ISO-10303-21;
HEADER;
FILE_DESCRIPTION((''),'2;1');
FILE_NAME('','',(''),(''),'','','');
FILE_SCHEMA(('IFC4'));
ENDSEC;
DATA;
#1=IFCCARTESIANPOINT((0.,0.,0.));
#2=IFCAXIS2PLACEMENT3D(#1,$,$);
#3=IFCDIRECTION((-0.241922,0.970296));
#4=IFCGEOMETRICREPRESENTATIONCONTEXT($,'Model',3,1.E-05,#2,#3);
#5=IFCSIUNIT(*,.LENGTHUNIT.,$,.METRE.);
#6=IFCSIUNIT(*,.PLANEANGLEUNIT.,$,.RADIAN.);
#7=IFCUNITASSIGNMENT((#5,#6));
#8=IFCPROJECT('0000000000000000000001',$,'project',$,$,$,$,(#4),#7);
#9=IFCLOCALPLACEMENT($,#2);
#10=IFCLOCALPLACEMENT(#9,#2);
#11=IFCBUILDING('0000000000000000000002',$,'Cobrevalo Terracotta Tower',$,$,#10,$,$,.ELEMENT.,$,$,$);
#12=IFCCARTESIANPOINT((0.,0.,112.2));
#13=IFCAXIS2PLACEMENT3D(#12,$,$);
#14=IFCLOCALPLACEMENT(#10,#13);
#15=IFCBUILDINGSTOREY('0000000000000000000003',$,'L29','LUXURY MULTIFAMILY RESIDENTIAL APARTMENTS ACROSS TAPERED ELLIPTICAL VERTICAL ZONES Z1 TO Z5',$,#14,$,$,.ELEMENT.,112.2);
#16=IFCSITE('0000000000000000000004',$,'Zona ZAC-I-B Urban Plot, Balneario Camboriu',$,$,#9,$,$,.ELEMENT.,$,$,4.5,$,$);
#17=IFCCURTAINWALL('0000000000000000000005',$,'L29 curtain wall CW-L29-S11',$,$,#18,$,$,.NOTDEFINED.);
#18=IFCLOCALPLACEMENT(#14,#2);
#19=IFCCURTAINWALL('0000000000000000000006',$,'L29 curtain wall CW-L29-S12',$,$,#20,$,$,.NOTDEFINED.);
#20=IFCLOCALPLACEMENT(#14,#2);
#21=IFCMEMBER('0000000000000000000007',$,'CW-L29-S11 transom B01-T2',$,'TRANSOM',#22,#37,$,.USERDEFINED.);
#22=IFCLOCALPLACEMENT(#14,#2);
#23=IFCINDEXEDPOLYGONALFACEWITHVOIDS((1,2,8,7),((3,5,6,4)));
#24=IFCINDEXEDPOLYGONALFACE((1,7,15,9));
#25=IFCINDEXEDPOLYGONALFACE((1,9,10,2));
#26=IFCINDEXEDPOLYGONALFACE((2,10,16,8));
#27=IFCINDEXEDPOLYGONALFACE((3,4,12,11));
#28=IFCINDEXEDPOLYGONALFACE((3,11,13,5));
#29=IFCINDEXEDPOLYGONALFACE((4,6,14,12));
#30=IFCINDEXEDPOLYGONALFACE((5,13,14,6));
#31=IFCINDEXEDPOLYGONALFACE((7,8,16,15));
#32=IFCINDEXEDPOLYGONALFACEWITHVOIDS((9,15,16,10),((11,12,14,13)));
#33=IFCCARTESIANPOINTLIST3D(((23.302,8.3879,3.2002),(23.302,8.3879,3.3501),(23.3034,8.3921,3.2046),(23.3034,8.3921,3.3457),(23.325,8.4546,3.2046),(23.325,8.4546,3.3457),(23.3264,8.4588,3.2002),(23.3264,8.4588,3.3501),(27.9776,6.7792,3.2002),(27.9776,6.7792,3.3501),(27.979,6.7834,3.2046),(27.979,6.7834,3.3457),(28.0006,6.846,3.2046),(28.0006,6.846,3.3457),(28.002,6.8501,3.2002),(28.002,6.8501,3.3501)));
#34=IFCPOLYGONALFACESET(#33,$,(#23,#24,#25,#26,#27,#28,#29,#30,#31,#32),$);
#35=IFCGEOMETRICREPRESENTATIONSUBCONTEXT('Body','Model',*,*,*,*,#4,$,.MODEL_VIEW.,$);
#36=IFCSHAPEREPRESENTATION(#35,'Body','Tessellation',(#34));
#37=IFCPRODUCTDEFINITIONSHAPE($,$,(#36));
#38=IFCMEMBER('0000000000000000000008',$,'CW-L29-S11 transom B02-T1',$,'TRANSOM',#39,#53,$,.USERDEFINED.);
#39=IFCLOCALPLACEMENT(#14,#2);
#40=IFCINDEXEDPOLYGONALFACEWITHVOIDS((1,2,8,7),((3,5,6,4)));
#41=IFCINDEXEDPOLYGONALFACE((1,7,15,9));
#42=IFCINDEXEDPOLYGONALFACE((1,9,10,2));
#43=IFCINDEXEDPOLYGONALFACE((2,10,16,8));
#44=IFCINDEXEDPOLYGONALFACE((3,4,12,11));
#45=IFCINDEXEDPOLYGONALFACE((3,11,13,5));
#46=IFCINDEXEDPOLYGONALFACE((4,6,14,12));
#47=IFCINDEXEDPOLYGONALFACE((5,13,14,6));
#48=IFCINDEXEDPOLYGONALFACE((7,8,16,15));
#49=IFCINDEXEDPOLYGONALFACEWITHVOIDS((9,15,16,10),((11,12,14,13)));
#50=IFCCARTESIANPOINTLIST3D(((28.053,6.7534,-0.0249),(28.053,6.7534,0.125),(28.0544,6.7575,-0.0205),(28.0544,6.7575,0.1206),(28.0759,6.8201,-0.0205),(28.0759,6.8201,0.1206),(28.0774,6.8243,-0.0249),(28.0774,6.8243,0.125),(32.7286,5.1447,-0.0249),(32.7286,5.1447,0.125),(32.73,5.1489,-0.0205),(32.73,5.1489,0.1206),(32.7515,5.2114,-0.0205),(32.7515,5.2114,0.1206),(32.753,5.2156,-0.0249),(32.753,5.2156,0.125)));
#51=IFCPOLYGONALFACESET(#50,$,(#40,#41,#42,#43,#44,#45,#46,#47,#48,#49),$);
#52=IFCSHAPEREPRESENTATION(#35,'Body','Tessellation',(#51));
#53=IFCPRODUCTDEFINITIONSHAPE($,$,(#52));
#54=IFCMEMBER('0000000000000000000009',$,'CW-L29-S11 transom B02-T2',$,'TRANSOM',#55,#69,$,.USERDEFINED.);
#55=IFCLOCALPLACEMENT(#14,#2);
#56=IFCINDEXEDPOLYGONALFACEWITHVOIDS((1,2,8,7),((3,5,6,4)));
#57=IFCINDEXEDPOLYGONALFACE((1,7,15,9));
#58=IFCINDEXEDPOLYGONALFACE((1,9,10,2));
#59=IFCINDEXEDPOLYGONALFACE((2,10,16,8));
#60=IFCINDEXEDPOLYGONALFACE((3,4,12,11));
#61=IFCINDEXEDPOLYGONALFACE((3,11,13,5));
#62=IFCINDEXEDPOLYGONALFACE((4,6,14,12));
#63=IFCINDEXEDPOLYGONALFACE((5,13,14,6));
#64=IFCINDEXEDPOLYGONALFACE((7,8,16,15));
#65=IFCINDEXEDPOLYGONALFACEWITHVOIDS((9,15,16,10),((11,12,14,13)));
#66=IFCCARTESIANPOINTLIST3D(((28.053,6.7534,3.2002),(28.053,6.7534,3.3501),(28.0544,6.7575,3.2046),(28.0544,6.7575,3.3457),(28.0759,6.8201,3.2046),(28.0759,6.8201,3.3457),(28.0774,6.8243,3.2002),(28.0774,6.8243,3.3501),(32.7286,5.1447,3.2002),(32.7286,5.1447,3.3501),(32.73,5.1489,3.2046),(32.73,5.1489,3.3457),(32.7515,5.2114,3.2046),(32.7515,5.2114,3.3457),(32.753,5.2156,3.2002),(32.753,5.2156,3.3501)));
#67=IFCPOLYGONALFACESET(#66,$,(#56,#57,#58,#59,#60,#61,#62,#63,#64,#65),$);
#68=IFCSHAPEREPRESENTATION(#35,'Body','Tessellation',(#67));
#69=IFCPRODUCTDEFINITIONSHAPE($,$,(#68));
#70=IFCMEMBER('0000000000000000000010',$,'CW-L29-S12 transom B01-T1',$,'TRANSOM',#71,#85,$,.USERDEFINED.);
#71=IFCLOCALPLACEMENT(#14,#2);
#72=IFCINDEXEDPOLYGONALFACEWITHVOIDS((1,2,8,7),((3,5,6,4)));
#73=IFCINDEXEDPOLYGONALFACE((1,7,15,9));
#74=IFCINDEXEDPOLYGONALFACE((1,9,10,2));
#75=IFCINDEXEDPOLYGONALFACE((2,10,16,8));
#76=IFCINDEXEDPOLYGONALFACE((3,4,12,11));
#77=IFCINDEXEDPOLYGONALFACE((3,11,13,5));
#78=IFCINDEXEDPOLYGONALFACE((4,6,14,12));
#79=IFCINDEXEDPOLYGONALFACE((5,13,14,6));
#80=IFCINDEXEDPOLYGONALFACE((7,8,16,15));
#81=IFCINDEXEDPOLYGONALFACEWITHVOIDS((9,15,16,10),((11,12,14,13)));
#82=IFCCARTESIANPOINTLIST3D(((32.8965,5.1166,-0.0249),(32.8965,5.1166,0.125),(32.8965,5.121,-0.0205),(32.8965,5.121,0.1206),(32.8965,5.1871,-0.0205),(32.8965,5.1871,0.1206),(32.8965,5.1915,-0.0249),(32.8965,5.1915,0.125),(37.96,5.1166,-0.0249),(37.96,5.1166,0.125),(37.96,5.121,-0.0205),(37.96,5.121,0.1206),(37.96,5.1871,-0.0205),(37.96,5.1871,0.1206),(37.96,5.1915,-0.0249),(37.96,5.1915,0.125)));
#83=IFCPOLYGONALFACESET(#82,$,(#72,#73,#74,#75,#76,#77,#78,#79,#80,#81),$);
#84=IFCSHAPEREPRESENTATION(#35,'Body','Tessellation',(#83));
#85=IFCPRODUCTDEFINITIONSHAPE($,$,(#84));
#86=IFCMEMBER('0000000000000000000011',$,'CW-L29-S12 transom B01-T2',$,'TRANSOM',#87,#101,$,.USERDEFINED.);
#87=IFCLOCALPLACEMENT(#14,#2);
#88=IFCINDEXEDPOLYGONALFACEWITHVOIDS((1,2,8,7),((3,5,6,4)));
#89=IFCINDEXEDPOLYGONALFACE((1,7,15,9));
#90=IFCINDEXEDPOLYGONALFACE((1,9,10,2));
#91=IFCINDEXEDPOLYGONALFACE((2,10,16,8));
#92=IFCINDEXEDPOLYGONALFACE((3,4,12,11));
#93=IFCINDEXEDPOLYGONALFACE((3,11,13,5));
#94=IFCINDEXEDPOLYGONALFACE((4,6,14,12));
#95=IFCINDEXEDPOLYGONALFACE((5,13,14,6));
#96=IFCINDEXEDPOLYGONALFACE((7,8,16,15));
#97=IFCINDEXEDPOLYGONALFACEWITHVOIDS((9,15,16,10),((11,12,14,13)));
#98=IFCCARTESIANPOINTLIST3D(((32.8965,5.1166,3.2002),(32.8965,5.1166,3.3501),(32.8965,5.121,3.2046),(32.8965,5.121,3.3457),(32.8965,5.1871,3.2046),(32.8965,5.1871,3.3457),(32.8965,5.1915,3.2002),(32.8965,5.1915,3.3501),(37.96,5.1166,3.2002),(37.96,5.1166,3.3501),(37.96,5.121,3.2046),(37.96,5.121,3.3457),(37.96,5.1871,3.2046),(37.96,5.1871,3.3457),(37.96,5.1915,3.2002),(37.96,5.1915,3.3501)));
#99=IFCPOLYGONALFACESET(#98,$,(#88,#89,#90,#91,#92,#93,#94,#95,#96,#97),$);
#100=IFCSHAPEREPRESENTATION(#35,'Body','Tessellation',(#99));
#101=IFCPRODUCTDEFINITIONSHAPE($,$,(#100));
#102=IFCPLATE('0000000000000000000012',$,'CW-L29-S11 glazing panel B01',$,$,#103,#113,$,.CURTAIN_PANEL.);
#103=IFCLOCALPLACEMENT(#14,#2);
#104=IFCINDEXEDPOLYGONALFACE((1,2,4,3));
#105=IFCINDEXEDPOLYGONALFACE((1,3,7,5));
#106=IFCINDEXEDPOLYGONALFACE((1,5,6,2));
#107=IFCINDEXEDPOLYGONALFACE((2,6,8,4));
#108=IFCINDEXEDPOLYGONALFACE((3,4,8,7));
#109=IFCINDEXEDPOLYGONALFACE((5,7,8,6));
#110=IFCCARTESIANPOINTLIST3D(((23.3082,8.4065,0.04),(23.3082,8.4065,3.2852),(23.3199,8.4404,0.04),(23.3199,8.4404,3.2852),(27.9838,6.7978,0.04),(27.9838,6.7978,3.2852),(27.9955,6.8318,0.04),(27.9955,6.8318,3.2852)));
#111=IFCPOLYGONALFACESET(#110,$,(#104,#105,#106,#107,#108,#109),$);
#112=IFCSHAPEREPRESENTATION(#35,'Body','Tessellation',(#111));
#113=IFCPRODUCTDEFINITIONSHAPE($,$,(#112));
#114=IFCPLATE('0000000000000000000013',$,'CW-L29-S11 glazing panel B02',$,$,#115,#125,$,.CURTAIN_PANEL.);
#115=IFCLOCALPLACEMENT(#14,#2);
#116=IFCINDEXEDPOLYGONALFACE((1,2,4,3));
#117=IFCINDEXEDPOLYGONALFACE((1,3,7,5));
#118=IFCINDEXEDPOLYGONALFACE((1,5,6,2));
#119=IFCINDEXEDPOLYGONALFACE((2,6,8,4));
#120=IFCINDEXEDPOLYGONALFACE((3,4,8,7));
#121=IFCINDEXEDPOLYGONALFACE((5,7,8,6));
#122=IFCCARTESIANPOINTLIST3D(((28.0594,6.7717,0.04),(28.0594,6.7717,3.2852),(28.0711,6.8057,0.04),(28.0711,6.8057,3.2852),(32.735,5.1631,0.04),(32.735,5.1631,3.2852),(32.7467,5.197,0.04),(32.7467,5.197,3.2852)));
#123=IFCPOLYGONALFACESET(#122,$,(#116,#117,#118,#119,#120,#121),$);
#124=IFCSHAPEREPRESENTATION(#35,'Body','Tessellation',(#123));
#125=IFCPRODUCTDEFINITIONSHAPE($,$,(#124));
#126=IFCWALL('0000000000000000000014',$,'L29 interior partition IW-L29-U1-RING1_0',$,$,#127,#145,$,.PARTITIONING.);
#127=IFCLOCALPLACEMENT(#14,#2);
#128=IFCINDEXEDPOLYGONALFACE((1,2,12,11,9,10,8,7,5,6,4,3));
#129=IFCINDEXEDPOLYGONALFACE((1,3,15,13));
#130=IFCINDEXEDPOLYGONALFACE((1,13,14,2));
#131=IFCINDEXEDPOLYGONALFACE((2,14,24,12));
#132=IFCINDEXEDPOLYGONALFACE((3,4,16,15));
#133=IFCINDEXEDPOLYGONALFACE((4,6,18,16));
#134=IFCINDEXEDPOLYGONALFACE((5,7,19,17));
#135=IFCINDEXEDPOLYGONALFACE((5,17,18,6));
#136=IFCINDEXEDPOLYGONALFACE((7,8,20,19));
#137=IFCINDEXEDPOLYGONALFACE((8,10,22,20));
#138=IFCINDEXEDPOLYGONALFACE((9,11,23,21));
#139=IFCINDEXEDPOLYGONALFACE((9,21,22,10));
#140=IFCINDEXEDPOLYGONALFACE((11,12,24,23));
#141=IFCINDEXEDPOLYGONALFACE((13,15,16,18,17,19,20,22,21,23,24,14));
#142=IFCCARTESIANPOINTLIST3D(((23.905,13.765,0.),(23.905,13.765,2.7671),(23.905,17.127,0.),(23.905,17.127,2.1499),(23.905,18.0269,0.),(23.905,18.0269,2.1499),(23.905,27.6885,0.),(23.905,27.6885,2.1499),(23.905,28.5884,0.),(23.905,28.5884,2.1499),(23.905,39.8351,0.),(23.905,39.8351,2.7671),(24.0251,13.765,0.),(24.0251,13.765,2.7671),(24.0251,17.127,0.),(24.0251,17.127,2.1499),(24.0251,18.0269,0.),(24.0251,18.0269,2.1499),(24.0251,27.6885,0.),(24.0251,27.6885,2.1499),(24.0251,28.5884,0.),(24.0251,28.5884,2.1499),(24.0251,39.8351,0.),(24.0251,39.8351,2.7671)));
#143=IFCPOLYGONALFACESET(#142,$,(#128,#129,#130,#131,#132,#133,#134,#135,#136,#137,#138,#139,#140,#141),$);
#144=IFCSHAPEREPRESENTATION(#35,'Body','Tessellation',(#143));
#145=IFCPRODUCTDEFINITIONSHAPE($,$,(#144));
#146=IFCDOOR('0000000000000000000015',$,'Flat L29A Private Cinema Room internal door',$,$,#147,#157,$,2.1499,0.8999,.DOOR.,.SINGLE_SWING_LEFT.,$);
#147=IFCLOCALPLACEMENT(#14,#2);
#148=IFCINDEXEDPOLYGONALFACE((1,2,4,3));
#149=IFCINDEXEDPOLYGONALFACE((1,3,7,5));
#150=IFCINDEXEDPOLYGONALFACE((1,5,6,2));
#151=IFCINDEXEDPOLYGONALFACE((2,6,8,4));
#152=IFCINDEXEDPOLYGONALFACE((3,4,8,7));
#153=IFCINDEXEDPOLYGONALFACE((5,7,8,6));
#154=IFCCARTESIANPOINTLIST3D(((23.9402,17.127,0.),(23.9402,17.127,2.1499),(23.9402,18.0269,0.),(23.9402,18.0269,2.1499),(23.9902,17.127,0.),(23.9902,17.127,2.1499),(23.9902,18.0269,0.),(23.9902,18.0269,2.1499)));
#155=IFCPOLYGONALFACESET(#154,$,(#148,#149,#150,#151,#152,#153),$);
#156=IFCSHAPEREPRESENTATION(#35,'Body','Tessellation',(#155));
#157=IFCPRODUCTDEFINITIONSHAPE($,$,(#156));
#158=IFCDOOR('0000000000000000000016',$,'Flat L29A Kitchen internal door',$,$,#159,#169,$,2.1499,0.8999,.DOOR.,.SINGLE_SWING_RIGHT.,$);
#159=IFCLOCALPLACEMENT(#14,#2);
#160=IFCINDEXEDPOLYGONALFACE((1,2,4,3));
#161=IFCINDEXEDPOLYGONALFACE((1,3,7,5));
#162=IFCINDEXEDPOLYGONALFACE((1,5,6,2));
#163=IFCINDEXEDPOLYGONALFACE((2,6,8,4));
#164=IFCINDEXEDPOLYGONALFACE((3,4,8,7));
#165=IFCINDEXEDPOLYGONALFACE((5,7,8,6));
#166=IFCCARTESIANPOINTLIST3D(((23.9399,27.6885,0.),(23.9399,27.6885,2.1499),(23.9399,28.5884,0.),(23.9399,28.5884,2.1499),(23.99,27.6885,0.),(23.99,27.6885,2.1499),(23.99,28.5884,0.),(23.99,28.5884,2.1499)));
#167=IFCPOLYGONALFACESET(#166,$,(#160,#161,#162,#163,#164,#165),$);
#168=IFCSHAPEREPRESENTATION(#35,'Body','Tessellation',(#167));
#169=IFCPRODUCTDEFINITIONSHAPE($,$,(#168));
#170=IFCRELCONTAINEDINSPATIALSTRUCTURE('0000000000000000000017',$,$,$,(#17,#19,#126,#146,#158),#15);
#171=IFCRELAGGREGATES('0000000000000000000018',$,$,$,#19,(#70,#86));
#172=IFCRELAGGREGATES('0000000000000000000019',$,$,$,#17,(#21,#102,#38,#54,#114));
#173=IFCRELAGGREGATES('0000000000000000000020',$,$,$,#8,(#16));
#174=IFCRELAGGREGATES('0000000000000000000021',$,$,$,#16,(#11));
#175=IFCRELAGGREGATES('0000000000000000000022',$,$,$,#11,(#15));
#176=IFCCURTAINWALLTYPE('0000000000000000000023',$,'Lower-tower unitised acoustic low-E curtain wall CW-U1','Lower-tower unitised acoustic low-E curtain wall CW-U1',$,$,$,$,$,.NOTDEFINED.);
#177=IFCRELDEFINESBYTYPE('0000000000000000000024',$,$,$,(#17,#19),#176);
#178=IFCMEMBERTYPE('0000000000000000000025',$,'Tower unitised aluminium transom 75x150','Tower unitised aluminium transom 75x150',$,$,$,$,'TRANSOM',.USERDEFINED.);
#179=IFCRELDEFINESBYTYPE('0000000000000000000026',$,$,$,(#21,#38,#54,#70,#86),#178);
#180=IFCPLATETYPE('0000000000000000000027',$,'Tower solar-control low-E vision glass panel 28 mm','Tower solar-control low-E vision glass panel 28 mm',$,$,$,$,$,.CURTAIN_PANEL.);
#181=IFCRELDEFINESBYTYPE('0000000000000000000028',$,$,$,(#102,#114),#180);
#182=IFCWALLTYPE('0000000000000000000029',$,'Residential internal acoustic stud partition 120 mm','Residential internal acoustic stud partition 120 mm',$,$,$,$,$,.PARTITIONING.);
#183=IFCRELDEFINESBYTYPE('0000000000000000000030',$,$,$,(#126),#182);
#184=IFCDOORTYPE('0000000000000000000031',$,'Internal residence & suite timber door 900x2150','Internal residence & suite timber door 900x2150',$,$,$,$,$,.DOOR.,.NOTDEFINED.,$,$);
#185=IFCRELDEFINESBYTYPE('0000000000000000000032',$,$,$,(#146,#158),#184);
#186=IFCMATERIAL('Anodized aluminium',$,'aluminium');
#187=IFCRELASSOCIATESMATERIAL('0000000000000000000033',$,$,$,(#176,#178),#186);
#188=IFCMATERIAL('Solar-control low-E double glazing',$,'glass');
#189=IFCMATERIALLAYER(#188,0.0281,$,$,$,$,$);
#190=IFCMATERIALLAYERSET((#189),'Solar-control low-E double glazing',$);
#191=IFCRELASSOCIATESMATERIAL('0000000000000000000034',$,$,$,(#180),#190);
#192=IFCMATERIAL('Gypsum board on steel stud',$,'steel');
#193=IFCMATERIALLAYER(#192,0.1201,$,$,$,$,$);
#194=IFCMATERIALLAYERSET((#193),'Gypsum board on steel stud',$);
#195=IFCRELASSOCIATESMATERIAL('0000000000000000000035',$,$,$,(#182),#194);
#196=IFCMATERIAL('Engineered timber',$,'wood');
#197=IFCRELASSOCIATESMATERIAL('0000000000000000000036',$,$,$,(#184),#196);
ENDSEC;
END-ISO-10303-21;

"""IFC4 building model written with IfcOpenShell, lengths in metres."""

from ifc_helpers import new_model, si_unit, direction, frame, frame_2d, origin, origin_2d, place, context, subcontext, project, spatial, rectangle, hollow_rectangle, extrude, source, transform, mapped, material, layer, layer_set, material_profile, profile_set, type_object, element, fill, aggregate, save


model = new_model("IFC4")

# Units and contexts
model_context = context("Model", 3, precision=1e-05, world=origin(), true_north=direction((-0.241922, 0.970296)))
body_context = subcontext(model_context, "Body", "Model", "MODEL_VIEW")
ifc_project = project(units=[si_unit("LENGTHUNIT", "METRE"), si_unit("PLANEANGLEUNIT", "RADIAN")], contexts=[model_context])

# Site, building, storey
site_placement = place(None, origin())
site = spatial("IfcSite", under=ifc_project, at=site_placement, Name="Zona ZAC-I-B Urban Plot, Balneario Camboriu", CompositionType="ELEMENT", RefElevation=4.5)
building_placement = place(site_placement, origin())
building = spatial("IfcBuilding", under=site, at=building_placement, Name="Cobrevalo Terracotta Tower", CompositionType="ELEMENT")
storey_placement = place(building_placement, frame((0.0, 0.0, 112.2)))
storey = spatial("IfcBuildingStorey", under=building, at=storey_placement, Name="L29", Description="LUXURY MULTIFAMILY RESIDENTIAL APARTMENTS ACROSS TAPERED ELLIPTICAL VERTICAL ZONES Z1 TO Z5", CompositionType="ELEMENT", Elevation=112.2)

# Curtain wall
ifc_material_1 = material(Name="Anodized aluminium", Category="aluminium")
curtain_wall_type = type_object("IfcCurtainWallType", Name="Lower-tower unitised acoustic low-E curtain wall CW-U1", Description="Lower-tower unitised acoustic low-E curtain wall CW-U1", PredefinedType="NOTDEFINED", material=ifc_material_1)
curtain_wall_1_placement = place(storey_placement, origin())
curtain_wall_1 = element("IfcCurtainWall", 1, at=curtain_wall_1_placement, inside=storey, type_object=curtain_wall_type, Name="L29 curtain wall CW-L29-S11", PredefinedType="NOTDEFINED")

# Curtain wall
curtain_wall_2_placement = place(storey_placement, origin())
curtain_wall_2 = element("IfcCurtainWall", 2, at=curtain_wall_2_placement, inside=storey, type_object=curtain_wall_type, Name="L29 curtain wall CW-L29-S12", PredefinedType="NOTDEFINED")

# Members
ifc_material_profile_1 = material_profile(ifc_material_1, hollow_rectangle(XDim=0.075, YDim=0.1499, WallThickness=0.0044, at=origin_2d()), Name="CWT 75x150")
ifc_profile_set_1 = profile_set([ifc_material_profile_1], Name="Anodized aluminium")
member_type_1 = type_object("IfcMemberType", Name="Tower unitised aluminium transom 75x150", Description="Tower unitised aluminium transom 75x150", ElementType="TRANSOM", PredefinedType="USERDEFINED", material=ifc_profile_set_1)
shared_shape_1 = source(origin(), body_context, "Body", "SweptSolid", [
    extrude(hollow_rectangle(XDim=0.075, YDim=0.1499, WallThickness=0.0044, at=origin_2d()), origin(), (0.0, 0.0, 1.0), 4.9446),
])
member_1_placement = place(storey_placement, frame((23.3142, 8.4233, 3.2751), z_axis=(0.945598, -0.325338, 0.0), x_axis=(0.325338, 0.945598, 0.0)))
member_1 = element("IfcMember", 3, at=member_1_placement, type_object=member_type_1, Name="CW-L29-S11 transom B01-T2", ObjectType="TRANSOM", PredefinedType="USERDEFINED", context=body_context, shape_type="MappedRepresentation", body=[
    mapped(shared_shape_1, transform((0.0, 0.0, 0.0), scale=1.0)),
])
member_2_placement = place(storey_placement, frame((28.0652, 6.7888, 0.05), z_axis=(0.945598, -0.325338, 0.0), x_axis=(0.325338, 0.945598, 0.0)))
member_2 = element("IfcMember", 4, at=member_2_placement, type_object=member_type_1, Name="CW-L29-S11 transom B02-T1", ObjectType="TRANSOM", PredefinedType="USERDEFINED", context=body_context, shape_type="MappedRepresentation", body=[
    mapped(shared_shape_1, transform((0.0, 0.0, 0.0), scale=1.0)),
])
member_3_placement = place(storey_placement, frame((28.0652, 6.7888, 3.2751), z_axis=(0.945598, -0.325338, 0.0), x_axis=(0.325338, 0.945598, 0.0)))
member_3 = element("IfcMember", 5, at=member_3_placement, type_object=member_type_1, Name="CW-L29-S11 transom B02-T2", ObjectType="TRANSOM", PredefinedType="USERDEFINED", context=body_context, shape_type="MappedRepresentation", body=[
    mapped(shared_shape_1, transform((0.0, 0.0, 0.0), scale=1.0)),
])
shared_shape_2 = source(origin(), body_context, "Body", "SweptSolid", [
    extrude(hollow_rectangle(XDim=0.075, YDim=0.1499, WallThickness=0.0044, at=origin_2d()), origin(), (0.0, 0.0, 1.0), 5.0635),
])
member_4_placement = place(storey_placement, frame((32.8965, 5.1541, 0.05), z_axis=(1.0, 0.0, 0.0), x_axis=(0.0, 1.0, 0.0)))
member_4 = element("IfcMember", 6, at=member_4_placement, type_object=member_type_1, Name="CW-L29-S12 transom B01-T1", ObjectType="TRANSOM", PredefinedType="USERDEFINED", context=body_context, shape_type="MappedRepresentation", body=[
    mapped(shared_shape_2, transform((0.0, 0.0, 0.0), scale=1.0)),
])
member_5_placement = place(storey_placement, frame((32.8965, 5.1541, 3.2751), z_axis=(1.0, 0.0, 0.0), x_axis=(0.0, 1.0, 0.0)))
member_5 = element("IfcMember", 7, at=member_5_placement, type_object=member_type_1, Name="CW-L29-S12 transom B01-T2", ObjectType="TRANSOM", PredefinedType="USERDEFINED", context=body_context, shape_type="MappedRepresentation", body=[
    mapped(shared_shape_2, transform((0.0, 0.0, 0.0), scale=1.0)),
])
aggregate(curtain_wall_2, [member_4, member_5])

# Plates
ifc_material_2 = material(Name="Solar-control low-E double glazing", Category="glass")
ifc_layer_1 = layer(ifc_material_2, 0.0281)
ifc_layer_set_1 = layer_set([ifc_layer_1], Name="Solar-control low-E double glazing")
plate_type = type_object("IfcPlateType", Name="Tower solar-control low-E vision glass panel 28 mm", Description="Tower solar-control low-E vision glass panel 28 mm", PredefinedType="CURTAIN_PANEL", material=ifc_layer_set_1)
shared_shape_3 = source(origin(), body_context, "Body", "SweptSolid", [
    extrude(rectangle(XDim=4.9446, YDim=0.0359, at=origin_2d()), origin(), (0.0, 0.0, 1.0), 3.2451),
])
plate_1_placement = place(storey_placement, frame((25.6519, 7.6191, 0.04), z_axis=(0.0, 0.0, 1.0), x_axis=(0.945596, -0.325342, 0.0)))
plate_1 = element("IfcPlate", 8, at=plate_1_placement, type_object=plate_type, Name="CW-L29-S11 glazing panel B01", PredefinedType="CURTAIN_PANEL", context=body_context, shape_type="MappedRepresentation", body=[
    mapped(shared_shape_3, transform((0.0, 0.0, 0.0), scale=1.0)),
])
plate_2_placement = place(storey_placement, frame((30.4031, 5.9844, 0.04), z_axis=(0.0, 0.0, 1.0), x_axis=(0.945596, -0.325342, 0.0)))
plate_2 = element("IfcPlate", 9, at=plate_2_placement, type_object=plate_type, Name="CW-L29-S11 glazing panel B02", PredefinedType="CURTAIN_PANEL", context=body_context, shape_type="MappedRepresentation", body=[
    mapped(shared_shape_3, transform((0.0, 0.0, 0.0), scale=1.0)),
])
aggregate(curtain_wall_1, [member_1, plate_1, member_2, member_3, plate_2])

# Wall, openings, doors
ifc_material_3 = material(Name="Gypsum board on steel stud", Category="steel")
ifc_layer_2 = layer(ifc_material_3, 0.1201)
ifc_layer_set_2 = layer_set([ifc_layer_2], Name="Gypsum board on steel stud")
wall_type = type_object("IfcWallType", Name="Residential internal acoustic stud partition 120 mm", Description="Residential internal acoustic stud partition 120 mm", PredefinedType="PARTITIONING", material=ifc_layer_set_2)
wall_placement = place(storey_placement, frame((23.9651, 13.7649, 0.0), z_axis=(0.0, 0.0, 1.0), x_axis=(0.0, 1.0, 0.0)))
wall = element("IfcWall", 10, at=wall_placement, inside=storey, type_object=wall_type, Name="L29 interior partition IW-L29-U1-RING1_0", PredefinedType="PARTITIONING", context=body_context, shape_type="SweptSolid", body=[
    extrude(rectangle(XDim=26.0701, YDim=0.1201, at=frame_2d((13.0352, 0.0))), origin(), (0.0, 0.0, 1.0), 2.7671),
])
opening_1_placement = place(wall_placement, frame((3.3621, 0.0, 0.0)))
opening_1 = element("IfcOpeningElement", 11, at=opening_1_placement, cuts=wall, PredefinedType="OPENING", context=body_context, shape_type="SweptSolid", body=[
    extrude(rectangle(XDim=0.8999, YDim=2.1499, at=frame_2d((0.45, 1.075))), frame((0.0, 0.0701, 0.0), z_axis=(0.0, -1.0, 0.0), x_axis=(1.0, 0.0, 0.0)), (0.0, 0.0, 1.0), 0.1401),
])
opening_2_placement = place(wall_placement, frame((13.9236, 0.0, 0.0)))
opening_2 = element("IfcOpeningElement", 12, at=opening_2_placement, cuts=wall, PredefinedType="OPENING", context=body_context, shape_type="SweptSolid", body=[
    extrude(rectangle(XDim=0.8999, YDim=2.1499, at=frame_2d((0.45, 1.075))), frame((0.0, 0.0701, 0.0), z_axis=(0.0, -1.0, 0.0), x_axis=(1.0, 0.0, 0.0)), (0.0, 0.0, 1.0), 0.1401),
])
ifc_material_4 = material(Name="Engineered timber", Category="wood")
door_type = type_object("IfcDoorType", Name="Internal residence & suite timber door 900x2150", Description="Internal residence & suite timber door 900x2150", OperationType="NOTDEFINED", PredefinedType="DOOR", material=ifc_material_4)
shared_shape_4 = source(origin(), body_context, "Body", "SweptSolid", [
    extrude(rectangle(XDim=0.8999, YDim=2.1499, at=frame_2d((0.45, 1.075))), frame((0.0, 0.0249, 0.0), z_axis=(0.0, -1.0, 0.0), x_axis=(1.0, 0.0, 0.0)), (0.0, 0.0, 1.0), 0.05),
])
door_1_placement = place(opening_1_placement, origin())
door_1 = element("IfcDoor", 13, at=door_1_placement, inside=storey, type_object=door_type, Name="Flat L29A Private Cinema Room internal door", OperationType="SINGLE_SWING_LEFT", OverallHeight=2.1499, OverallWidth=0.8999, PredefinedType="DOOR", context=body_context, shape_type="MappedRepresentation", body=[
    mapped(shared_shape_4, transform((0.0, 0.0, 0.0), scale=1.0)),
])
fill(opening_1, door_1)
door_2_placement = place(opening_2_placement, frame((0.8999, 0.0, 0.0), z_axis=(0.0, 0.0, 1.0), x_axis=(-1.0, 0.0, 0.0)))
door_2 = element("IfcDoor", 14, at=door_2_placement, inside=storey, type_object=door_type, Name="Flat L29A Kitchen internal door", OperationType="SINGLE_SWING_RIGHT", OverallHeight=2.1499, OverallWidth=0.8999, PredefinedType="DOOR", context=body_context, shape_type="MappedRepresentation", body=[
    mapped(shared_shape_4, transform((0.0, 0.0, 0.0), scale=1.0)),
])
fill(opening_2, door_2)

save(model, "model.ifc")
